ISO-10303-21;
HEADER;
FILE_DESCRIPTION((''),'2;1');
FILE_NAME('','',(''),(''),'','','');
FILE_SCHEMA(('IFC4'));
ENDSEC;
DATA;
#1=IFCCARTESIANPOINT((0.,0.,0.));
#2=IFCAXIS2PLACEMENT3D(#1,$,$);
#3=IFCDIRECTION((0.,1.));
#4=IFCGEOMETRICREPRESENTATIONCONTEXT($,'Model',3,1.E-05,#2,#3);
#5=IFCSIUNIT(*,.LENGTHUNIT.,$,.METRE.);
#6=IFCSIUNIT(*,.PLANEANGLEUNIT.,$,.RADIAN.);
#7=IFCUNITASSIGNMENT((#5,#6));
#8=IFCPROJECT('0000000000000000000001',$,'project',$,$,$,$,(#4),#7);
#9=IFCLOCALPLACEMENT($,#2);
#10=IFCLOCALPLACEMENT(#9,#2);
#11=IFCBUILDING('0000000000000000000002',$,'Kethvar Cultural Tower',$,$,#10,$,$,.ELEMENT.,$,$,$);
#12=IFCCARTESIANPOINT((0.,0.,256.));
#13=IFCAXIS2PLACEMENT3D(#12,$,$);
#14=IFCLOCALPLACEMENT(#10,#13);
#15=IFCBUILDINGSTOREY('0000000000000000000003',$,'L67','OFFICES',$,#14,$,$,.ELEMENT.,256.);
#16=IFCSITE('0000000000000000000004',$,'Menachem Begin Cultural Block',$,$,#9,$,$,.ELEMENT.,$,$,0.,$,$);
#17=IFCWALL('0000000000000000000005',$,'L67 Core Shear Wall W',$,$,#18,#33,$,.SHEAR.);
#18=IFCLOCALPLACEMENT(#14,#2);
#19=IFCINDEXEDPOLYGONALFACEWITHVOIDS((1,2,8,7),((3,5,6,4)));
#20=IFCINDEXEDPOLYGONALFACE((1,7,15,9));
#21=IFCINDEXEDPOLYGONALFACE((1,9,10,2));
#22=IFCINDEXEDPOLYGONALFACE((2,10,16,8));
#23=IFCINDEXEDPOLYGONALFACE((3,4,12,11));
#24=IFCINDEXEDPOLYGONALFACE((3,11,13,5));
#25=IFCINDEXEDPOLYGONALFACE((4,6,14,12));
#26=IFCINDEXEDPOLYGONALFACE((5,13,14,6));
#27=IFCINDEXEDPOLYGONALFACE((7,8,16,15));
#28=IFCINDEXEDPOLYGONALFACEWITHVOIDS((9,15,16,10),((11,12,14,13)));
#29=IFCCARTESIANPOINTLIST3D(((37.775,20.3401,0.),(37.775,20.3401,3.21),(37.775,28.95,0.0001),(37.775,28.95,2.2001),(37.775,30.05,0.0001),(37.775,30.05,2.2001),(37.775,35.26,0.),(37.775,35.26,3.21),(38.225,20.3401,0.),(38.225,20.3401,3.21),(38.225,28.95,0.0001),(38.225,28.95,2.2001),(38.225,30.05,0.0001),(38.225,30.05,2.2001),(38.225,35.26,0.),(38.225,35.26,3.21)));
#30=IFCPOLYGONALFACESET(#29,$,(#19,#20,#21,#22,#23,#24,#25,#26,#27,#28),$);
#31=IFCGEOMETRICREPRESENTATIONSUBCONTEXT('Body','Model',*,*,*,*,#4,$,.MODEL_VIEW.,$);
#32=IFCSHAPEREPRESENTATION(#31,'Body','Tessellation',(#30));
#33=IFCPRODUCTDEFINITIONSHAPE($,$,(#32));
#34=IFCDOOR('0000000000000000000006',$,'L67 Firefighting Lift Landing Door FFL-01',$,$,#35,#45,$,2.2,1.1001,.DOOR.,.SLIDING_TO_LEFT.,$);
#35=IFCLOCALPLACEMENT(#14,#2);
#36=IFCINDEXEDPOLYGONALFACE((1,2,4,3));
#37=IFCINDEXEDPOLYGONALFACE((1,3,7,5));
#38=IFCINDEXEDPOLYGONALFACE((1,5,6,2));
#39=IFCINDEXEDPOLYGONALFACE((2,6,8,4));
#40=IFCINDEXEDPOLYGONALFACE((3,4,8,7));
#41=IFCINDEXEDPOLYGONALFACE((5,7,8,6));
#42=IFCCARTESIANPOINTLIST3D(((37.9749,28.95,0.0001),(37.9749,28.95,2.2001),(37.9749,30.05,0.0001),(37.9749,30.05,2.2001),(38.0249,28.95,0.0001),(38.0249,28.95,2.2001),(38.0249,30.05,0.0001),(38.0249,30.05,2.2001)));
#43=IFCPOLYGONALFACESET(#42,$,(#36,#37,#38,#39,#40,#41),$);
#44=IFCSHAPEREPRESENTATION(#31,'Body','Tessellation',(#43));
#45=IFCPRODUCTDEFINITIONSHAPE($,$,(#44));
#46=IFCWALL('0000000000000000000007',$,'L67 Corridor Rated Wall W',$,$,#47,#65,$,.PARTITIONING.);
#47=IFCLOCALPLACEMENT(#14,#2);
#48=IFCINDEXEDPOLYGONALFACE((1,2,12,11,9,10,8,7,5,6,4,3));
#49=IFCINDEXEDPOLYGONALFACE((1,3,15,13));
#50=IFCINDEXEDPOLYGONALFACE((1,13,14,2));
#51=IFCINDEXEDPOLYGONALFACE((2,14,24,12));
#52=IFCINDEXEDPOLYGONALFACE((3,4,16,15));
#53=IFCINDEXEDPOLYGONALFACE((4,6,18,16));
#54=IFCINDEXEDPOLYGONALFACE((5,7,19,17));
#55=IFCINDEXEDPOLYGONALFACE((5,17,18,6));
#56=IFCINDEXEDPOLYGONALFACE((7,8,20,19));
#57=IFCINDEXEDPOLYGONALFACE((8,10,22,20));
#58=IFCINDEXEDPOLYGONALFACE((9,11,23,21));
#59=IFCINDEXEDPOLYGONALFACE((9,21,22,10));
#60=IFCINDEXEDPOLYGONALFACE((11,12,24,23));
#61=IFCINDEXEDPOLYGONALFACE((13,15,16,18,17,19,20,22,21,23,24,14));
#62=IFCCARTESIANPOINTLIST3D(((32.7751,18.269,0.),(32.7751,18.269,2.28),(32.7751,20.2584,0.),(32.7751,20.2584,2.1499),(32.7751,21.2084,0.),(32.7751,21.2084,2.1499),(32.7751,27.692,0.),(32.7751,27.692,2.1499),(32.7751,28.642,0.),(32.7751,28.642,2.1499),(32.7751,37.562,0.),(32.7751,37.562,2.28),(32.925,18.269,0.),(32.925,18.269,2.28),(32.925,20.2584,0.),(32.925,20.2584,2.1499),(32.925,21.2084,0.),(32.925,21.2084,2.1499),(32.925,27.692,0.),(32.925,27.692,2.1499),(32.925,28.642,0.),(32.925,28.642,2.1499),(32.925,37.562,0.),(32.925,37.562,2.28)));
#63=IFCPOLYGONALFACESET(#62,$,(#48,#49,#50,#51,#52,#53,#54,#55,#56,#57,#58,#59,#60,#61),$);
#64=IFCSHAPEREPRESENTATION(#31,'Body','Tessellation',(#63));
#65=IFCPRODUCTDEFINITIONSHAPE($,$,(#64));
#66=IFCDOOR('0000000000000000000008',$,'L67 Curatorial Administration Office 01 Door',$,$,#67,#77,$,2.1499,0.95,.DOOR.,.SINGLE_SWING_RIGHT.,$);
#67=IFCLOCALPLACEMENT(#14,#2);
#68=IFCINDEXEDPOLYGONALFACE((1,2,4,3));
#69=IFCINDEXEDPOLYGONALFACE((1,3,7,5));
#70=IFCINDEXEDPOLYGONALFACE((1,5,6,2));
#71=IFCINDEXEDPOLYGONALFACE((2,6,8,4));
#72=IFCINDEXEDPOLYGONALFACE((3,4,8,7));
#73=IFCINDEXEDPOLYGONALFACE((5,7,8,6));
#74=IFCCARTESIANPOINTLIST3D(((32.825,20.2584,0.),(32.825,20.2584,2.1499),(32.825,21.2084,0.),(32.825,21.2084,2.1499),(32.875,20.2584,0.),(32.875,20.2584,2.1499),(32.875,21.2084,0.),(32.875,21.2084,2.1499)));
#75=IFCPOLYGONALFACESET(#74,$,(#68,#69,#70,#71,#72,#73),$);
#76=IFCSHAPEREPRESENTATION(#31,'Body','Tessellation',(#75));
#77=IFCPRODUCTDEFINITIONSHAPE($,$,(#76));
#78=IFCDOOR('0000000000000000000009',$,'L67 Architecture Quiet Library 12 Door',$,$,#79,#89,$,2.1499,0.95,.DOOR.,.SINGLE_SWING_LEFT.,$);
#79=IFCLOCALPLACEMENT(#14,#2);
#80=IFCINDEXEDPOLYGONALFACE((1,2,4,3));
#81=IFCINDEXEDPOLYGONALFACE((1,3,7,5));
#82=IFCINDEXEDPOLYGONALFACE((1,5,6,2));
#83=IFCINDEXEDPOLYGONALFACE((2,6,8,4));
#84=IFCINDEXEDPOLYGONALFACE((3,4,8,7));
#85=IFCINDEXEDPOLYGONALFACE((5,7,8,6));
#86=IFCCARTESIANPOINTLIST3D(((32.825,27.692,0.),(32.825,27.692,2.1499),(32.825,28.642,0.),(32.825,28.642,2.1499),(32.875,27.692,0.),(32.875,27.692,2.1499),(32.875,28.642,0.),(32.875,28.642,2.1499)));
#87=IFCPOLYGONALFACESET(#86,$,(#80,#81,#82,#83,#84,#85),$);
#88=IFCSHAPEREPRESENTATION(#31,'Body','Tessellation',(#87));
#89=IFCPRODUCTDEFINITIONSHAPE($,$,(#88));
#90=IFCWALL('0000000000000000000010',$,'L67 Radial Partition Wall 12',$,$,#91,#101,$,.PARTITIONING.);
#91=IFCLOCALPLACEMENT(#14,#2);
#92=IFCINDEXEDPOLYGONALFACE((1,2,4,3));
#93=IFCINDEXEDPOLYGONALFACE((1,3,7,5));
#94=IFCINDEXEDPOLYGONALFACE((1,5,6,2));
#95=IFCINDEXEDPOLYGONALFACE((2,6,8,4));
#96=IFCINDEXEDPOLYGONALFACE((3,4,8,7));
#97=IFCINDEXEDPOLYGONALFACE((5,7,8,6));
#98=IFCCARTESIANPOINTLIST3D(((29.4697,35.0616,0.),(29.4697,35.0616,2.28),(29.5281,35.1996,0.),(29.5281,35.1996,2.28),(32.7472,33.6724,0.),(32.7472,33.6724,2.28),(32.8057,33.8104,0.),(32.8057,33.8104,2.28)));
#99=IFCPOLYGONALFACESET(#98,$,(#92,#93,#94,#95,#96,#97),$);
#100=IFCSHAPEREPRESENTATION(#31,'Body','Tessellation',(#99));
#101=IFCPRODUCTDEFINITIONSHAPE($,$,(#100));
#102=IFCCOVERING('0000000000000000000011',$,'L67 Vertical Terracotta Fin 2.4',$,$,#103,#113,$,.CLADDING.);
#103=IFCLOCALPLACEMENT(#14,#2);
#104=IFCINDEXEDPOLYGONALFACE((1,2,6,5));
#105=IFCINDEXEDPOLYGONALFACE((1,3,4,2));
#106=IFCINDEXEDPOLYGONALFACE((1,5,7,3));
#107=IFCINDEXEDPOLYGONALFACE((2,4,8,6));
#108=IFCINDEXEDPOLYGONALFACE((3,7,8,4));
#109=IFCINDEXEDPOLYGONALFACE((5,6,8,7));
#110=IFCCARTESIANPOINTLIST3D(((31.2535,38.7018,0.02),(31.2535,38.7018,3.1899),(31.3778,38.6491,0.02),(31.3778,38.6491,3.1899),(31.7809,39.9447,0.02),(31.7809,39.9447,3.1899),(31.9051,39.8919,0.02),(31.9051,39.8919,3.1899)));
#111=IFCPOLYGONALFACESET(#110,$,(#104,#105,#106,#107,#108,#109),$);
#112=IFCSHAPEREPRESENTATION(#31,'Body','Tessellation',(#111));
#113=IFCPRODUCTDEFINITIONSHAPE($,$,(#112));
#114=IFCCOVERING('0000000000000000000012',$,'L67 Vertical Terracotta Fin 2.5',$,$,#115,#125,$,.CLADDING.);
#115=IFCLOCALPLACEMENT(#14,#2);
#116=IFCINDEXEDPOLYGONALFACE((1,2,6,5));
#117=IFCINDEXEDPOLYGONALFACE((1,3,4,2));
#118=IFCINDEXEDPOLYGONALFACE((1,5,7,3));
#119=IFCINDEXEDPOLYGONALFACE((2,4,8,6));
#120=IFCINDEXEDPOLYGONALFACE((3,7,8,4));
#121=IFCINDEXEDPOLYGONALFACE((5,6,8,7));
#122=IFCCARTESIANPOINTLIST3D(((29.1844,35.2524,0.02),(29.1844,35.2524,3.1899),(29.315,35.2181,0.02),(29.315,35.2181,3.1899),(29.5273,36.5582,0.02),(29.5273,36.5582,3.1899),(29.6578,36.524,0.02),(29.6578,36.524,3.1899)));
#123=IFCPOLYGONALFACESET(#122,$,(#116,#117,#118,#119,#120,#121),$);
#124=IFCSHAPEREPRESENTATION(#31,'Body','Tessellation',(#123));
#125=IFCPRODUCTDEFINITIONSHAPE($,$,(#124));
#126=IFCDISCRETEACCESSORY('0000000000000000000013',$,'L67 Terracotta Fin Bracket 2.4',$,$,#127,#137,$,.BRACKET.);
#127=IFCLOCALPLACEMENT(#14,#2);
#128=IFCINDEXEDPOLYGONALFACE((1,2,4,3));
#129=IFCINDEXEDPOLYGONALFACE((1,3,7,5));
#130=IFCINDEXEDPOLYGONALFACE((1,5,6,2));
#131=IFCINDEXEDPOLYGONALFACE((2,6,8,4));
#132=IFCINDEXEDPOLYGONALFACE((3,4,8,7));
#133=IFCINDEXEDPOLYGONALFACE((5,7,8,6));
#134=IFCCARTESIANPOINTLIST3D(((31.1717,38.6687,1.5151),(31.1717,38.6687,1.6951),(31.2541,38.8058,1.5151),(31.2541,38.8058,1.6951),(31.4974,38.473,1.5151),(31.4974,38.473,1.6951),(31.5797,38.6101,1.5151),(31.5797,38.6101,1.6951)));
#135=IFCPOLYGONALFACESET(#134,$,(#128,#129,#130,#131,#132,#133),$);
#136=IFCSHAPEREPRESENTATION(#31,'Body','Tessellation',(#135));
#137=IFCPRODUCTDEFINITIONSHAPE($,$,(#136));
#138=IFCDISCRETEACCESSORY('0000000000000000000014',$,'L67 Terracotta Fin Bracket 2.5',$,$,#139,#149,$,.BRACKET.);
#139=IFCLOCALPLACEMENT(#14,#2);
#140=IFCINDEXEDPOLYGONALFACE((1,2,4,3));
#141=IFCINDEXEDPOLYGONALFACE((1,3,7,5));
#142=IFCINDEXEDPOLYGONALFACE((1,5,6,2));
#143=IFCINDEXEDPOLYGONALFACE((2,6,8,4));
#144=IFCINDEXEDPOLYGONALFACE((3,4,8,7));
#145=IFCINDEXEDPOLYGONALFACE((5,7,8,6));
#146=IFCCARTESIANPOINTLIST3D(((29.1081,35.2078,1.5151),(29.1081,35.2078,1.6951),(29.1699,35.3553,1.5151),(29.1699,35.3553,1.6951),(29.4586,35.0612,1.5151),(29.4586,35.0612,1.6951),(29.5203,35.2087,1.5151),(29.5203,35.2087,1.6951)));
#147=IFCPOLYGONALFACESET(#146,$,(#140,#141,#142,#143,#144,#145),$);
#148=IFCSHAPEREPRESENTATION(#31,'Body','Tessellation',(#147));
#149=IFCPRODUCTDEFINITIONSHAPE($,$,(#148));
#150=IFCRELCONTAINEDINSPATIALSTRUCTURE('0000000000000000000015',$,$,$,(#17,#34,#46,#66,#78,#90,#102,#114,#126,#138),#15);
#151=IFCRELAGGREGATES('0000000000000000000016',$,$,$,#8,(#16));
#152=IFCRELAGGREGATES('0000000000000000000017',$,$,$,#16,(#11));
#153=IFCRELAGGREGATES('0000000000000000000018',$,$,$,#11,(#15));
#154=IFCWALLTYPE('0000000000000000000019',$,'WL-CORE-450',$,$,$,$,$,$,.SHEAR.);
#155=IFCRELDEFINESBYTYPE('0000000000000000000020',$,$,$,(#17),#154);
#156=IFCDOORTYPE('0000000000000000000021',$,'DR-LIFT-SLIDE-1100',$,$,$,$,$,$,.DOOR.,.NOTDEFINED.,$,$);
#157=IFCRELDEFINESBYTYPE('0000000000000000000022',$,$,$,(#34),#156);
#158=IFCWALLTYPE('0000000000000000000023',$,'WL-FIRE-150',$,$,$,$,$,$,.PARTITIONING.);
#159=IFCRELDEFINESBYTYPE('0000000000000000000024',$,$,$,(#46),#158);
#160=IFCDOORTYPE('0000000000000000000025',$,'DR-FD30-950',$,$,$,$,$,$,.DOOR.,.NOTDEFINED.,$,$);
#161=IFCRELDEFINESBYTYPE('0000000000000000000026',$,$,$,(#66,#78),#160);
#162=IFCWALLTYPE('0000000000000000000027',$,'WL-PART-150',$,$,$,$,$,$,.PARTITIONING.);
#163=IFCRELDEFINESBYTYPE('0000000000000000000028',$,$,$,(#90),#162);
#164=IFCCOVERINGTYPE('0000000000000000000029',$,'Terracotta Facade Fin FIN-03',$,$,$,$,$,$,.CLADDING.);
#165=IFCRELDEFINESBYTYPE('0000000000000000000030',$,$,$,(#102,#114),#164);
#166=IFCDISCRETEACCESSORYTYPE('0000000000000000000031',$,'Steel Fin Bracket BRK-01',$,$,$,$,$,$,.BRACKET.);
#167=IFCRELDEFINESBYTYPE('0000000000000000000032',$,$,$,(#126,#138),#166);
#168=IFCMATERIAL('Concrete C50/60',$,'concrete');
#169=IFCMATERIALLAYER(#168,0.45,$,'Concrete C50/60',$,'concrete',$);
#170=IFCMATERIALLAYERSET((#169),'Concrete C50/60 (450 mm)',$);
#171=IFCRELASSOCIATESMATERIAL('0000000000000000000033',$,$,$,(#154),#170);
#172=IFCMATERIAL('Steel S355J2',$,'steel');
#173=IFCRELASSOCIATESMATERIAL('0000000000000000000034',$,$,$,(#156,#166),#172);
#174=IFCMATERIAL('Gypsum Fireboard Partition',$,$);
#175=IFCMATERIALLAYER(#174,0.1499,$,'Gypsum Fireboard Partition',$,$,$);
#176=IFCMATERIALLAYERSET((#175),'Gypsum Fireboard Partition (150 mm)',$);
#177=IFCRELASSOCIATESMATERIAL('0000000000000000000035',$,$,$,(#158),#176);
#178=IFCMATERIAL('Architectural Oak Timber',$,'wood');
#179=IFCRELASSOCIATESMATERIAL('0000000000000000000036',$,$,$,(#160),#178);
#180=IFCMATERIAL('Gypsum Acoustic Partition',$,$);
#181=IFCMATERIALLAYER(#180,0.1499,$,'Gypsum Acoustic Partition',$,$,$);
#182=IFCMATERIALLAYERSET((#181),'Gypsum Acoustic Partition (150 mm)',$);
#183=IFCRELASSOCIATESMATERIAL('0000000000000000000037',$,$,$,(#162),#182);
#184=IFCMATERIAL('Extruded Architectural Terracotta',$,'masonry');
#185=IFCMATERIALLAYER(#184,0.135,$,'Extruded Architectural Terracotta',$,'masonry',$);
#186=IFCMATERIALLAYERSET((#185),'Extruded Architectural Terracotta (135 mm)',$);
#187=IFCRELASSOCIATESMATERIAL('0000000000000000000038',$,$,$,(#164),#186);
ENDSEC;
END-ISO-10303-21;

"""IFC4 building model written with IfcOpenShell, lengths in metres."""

from ifc_helpers import new_model, si_unit, direction, frame, frame_2d, origin, origin_2d, place, context, subcontext, project, spatial, rectangle, extrude, source, transform, mapped, material, layer, layer_set, type_object, element, fill, save


model = new_model("IFC4")

# Units and contexts
model_context = context("Model", 3, precision=1e-05, world=origin(), true_north=direction((0.0, 1.0)))
body_context = subcontext(model_context, "Body", "Model", "MODEL_VIEW")
ifc_project = project(units=[si_unit("LENGTHUNIT", "METRE"), si_unit("PLANEANGLEUNIT", "RADIAN")], contexts=[model_context])

# Site, building, storey
site_placement = place(None, origin())
site = spatial("IfcSite", under=ifc_project, at=site_placement, Name="Menachem Begin Cultural Block", CompositionType="ELEMENT", RefElevation=0.0)
building_placement = place(site_placement, origin())
building = spatial("IfcBuilding", under=site, at=building_placement, Name="Kethvar Cultural Tower", CompositionType="ELEMENT")
storey_placement = place(building_placement, frame((0.0, 0.0, 256.0)))
storey = spatial("IfcBuildingStorey", under=building, at=storey_placement, Name="L67", Description="OFFICES", CompositionType="ELEMENT", Elevation=256.0)

# Shared definitions
ifc_material_1 = material(Name="Steel S355J2", Category="steel")

# Wall, opening, door
ifc_material_2 = material(Name="Concrete C50/60", Category="concrete")
ifc_layer_1 = layer(ifc_material_2, 0.45, Name="Concrete C50/60", Category="concrete")
ifc_layer_set_1 = layer_set([ifc_layer_1], Name="Concrete C50/60 (450 mm)")
wall_type_1 = type_object("IfcWallType", Name="WL-CORE-450", PredefinedType="SHEAR", material=ifc_layer_set_1)
wall_1_placement = place(storey_placement, frame((38.0, 35.26, 0.0), z_axis=(0.0, 0.0, 1.0), x_axis=(0.0, -1.0, 0.0)))
wall_1 = element("IfcWall", 1, at=wall_1_placement, inside=storey, type_object=wall_type_1, Name="L67 Core Shear Wall W", PredefinedType="SHEAR", context=body_context, shape_type="SweptSolid", body=[
    extrude(rectangle(XDim=14.9199, YDim=0.45, at=frame_2d((7.46, 0.0))), origin(), (0.0, 0.0, 1.0), 3.21),
])
opening_1_placement = place(wall_1_placement, frame((5.21, 0.0, 0.0)))
opening_1 = element("IfcOpeningElement", 2, at=opening_1_placement, cuts=wall_1, PredefinedType="OPENING", context=body_context, shape_type="SweptSolid", body=[
    extrude(rectangle(XDim=1.1001, YDim=2.2, at=frame_2d((0.55, 1.1001))), frame((0.0, 0.2349, 0.0), z_axis=(0.0, -1.0, 0.0), x_axis=(1.0, 0.0, 0.0)), (0.0, 0.0, 1.0), 0.47),
])
door_type_1 = type_object("IfcDoorType", Name="DR-LIFT-SLIDE-1100", OperationType="NOTDEFINED", PredefinedType="DOOR", material=ifc_material_1)
shared_shape_1 = source(origin(), body_context, "Body", "SweptSolid", [
    extrude(rectangle(XDim=1.1001, YDim=2.2, at=frame_2d((0.55, 1.1001))), frame((0.0, 0.0249, 0.0), z_axis=(0.0, -1.0, 0.0), x_axis=(1.0, 0.0, 0.0)), (0.0, 0.0, 1.0), 0.05),
])
door_1_placement = place(opening_1_placement, origin())
door_1 = element("IfcDoor", 3, at=door_1_placement, inside=storey, type_object=door_type_1, Name="L67 Firefighting Lift Landing Door FFL-01", OperationType="SLIDING_TO_LEFT", OverallHeight=2.2, OverallWidth=1.1001, PredefinedType="DOOR", context=body_context, shape_type="MappedRepresentation", body=[
    mapped(shared_shape_1, transform((0.0, 0.0, 0.0), scale=1.0)),
])
fill(opening_1, door_1)

# Wall, openings, doors
ifc_material_3 = material(Name="Gypsum Fireboard Partition")
ifc_layer_2 = layer(ifc_material_3, 0.1499, Name="Gypsum Fireboard Partition")
ifc_layer_set_2 = layer_set([ifc_layer_2], Name="Gypsum Fireboard Partition (150 mm)")
wall_type_2 = type_object("IfcWallType", Name="WL-FIRE-150", PredefinedType="PARTITIONING", material=ifc_layer_set_2)
wall_2_placement = place(storey_placement, frame((32.8501, 37.562, 0.0), z_axis=(0.0, 0.0, 1.0), x_axis=(0.0, -1.0, 0.0)))
wall_2 = element("IfcWall", 4, at=wall_2_placement, inside=storey, type_object=wall_type_2, Name="L67 Corridor Rated Wall W", PredefinedType="PARTITIONING", context=body_context, shape_type="SweptSolid", body=[
    extrude(rectangle(XDim=19.293, YDim=0.1499, at=frame_2d((9.6465, 0.0))), origin(), (0.0, 0.0, 1.0), 2.28),
])
opening_2_placement = place(wall_2_placement, frame((16.3535, 0.0, 0.0)))
opening_2 = element("IfcOpeningElement", 5, at=opening_2_placement, cuts=wall_2, PredefinedType="OPENING", context=body_context, shape_type="SweptSolid", body=[
    extrude(rectangle(XDim=0.95, YDim=2.1499, at=frame_2d((0.4751, 1.075))), frame((0.0, 0.085, 0.0), z_axis=(0.0, -1.0, 0.0), x_axis=(1.0, 0.0, 0.0)), (0.0, 0.0, 1.0), 0.1699),
])
opening_3_placement = place(wall_2_placement, frame((8.9199, 0.0, 0.0)))
opening_3 = element("IfcOpeningElement", 6, at=opening_3_placement, cuts=wall_2, PredefinedType="OPENING", context=body_context, shape_type="SweptSolid", body=[
    extrude(rectangle(XDim=0.95, YDim=2.1499, at=frame_2d((0.4751, 1.075))), frame((0.0, 0.085, 0.0), z_axis=(0.0, -1.0, 0.0), x_axis=(1.0, 0.0, 0.0)), (0.0, 0.0, 1.0), 0.1699),
])
ifc_material_4 = material(Name="Architectural Oak Timber", Category="wood")
door_type_2 = type_object("IfcDoorType", Name="DR-FD30-950", OperationType="NOTDEFINED", PredefinedType="DOOR", material=ifc_material_4)
shared_shape_2 = source(origin(), body_context, "Body", "SweptSolid", [
    extrude(rectangle(XDim=0.95, YDim=2.1499, at=frame_2d((0.4751, 1.075))), frame((0.0, 0.0249, 0.0), z_axis=(0.0, -1.0, 0.0), x_axis=(1.0, 0.0, 0.0)), (0.0, 0.0, 1.0), 0.05),
])
door_2_placement = place(opening_2_placement, origin())
door_2 = element("IfcDoor", 7, at=door_2_placement, inside=storey, type_object=door_type_2, Name="L67 Curatorial Administration Office 01 Door", OperationType="SINGLE_SWING_RIGHT", OverallHeight=2.1499, OverallWidth=0.95, PredefinedType="DOOR", context=body_context, shape_type="MappedRepresentation", body=[
    mapped(shared_shape_2, transform((0.0, 0.0, 0.0), scale=1.0)),
])
fill(opening_2, door_2)
door_3_placement = place(opening_3_placement, origin())
door_3 = element("IfcDoor", 8, at=door_3_placement, inside=storey, type_object=door_type_2, Name="L67 Architecture Quiet Library 12 Door", OperationType="SINGLE_SWING_LEFT", OverallHeight=2.1499, OverallWidth=0.95, PredefinedType="DOOR", context=body_context, shape_type="MappedRepresentation", body=[
    mapped(shared_shape_2, transform((0.0, 0.0, 0.0), scale=1.0)),
])
fill(opening_3, door_3)

# Wall
ifc_material_5 = material(Name="Gypsum Acoustic Partition")
ifc_layer_3 = layer(ifc_material_5, 0.1499, Name="Gypsum Acoustic Partition")
ifc_layer_set_3 = layer_set([ifc_layer_3], Name="Gypsum Acoustic Partition (150 mm)")
wall_type_3 = type_object("IfcWallType", Name="WL-PART-150", PredefinedType="PARTITIONING", material=ifc_layer_set_3)
wall_3_placement = place(storey_placement, frame((32.7764, 33.7415, 0.0), z_axis=(0.0, 0.0, 1.0), x_axis=(-0.920716, 0.390233, 0.0)))
element("IfcWall", 9, at=wall_3_placement, inside=storey, type_object=wall_type_3, Name="L67 Radial Partition Wall 12", PredefinedType="PARTITIONING", context=body_context, shape_type="SweptSolid", body=[
    extrude(rectangle(XDim=3.5598, YDim=0.1499, at=frame_2d((1.7798, 0.0))), origin(), (0.0, 0.0, 1.0), 2.28),
])

# Coverings
ifc_material_6 = material(Name="Extruded Architectural Terracotta", Category="masonry")
ifc_layer_4 = layer(ifc_material_6, 0.135, Name="Extruded Architectural Terracotta", Category="masonry")
ifc_layer_set_4 = layer_set([ifc_layer_4], Name="Extruded Architectural Terracotta (135 mm)")
covering_type = type_object("IfcCoveringType", Name="Terracotta Facade Fin FIN-03", PredefinedType="CLADDING", material=ifc_layer_set_4)
shared_shape_3 = source(origin(), body_context, "Body", "SweptSolid", [
    extrude(rectangle(XDim=1.3501, YDim=0.135, at=origin_2d()), origin(), (0.0, 0.0, 1.0), 3.1699),
])
for number, where, z_axis, x_axis, name in (
    (10, (31.5793, 39.2969, 0.02), (0.0, 0.0, 1.0), (0.39057, 0.920573, 0.0), "L67 Vertical Terracotta Fin 2.4"),
    (11, (29.4211, 35.8882, 0.02), (0.0, 0.0, 1.0), (0.253927, 0.967223, 0.0), "L67 Vertical Terracotta Fin 2.5"),
):
    element("IfcCovering", number, at=place(storey_placement, frame(where, z_axis=z_axis, x_axis=x_axis)), inside=storey, type_object=covering_type, Name=name, PredefinedType="CLADDING", context=body_context, shape_type="MappedRepresentation", body=[
        mapped(shared_shape_3, transform((0.0, 0.0, 0.0), scale=1.0)),
    ])

# Discrete accessories
discrete_accessory_type = type_object("IfcDiscreteAccessoryType", Name="Steel Fin Bracket BRK-01", PredefinedType="BRACKET", material=ifc_material_1)
shared_shape_4 = source(origin(), body_context, "Body", "SweptSolid", [
    extrude(rectangle(XDim=0.3799, YDim=0.1599, at=origin_2d()), origin(), (0.0, 0.0, 1.0), 0.1799),
])
for number, where, z_axis, x_axis, name in (
    (12, (31.3757, 38.6394, 1.5151), (0.0, 0.0, 1.0), (-0.857167, 0.515038, 0.0), "L67 Terracotta Fin Bracket 2.4"),
    (13, (29.3142, 35.2083, 1.5151), (0.0, 0.0, 1.0), (-0.922471, 0.386067, 0.0), "L67 Terracotta Fin Bracket 2.5"),
):
    element("IfcDiscreteAccessory", number, at=place(storey_placement, frame(where, z_axis=z_axis, x_axis=x_axis)), inside=storey, type_object=discrete_accessory_type, Name=name, PredefinedType="BRACKET", context=body_context, shape_type="MappedRepresentation", body=[
        mapped(shared_shape_4, transform((0.0, 0.0, 0.0), scale=1.0)),
    ])

save(model, "model.ifc")
